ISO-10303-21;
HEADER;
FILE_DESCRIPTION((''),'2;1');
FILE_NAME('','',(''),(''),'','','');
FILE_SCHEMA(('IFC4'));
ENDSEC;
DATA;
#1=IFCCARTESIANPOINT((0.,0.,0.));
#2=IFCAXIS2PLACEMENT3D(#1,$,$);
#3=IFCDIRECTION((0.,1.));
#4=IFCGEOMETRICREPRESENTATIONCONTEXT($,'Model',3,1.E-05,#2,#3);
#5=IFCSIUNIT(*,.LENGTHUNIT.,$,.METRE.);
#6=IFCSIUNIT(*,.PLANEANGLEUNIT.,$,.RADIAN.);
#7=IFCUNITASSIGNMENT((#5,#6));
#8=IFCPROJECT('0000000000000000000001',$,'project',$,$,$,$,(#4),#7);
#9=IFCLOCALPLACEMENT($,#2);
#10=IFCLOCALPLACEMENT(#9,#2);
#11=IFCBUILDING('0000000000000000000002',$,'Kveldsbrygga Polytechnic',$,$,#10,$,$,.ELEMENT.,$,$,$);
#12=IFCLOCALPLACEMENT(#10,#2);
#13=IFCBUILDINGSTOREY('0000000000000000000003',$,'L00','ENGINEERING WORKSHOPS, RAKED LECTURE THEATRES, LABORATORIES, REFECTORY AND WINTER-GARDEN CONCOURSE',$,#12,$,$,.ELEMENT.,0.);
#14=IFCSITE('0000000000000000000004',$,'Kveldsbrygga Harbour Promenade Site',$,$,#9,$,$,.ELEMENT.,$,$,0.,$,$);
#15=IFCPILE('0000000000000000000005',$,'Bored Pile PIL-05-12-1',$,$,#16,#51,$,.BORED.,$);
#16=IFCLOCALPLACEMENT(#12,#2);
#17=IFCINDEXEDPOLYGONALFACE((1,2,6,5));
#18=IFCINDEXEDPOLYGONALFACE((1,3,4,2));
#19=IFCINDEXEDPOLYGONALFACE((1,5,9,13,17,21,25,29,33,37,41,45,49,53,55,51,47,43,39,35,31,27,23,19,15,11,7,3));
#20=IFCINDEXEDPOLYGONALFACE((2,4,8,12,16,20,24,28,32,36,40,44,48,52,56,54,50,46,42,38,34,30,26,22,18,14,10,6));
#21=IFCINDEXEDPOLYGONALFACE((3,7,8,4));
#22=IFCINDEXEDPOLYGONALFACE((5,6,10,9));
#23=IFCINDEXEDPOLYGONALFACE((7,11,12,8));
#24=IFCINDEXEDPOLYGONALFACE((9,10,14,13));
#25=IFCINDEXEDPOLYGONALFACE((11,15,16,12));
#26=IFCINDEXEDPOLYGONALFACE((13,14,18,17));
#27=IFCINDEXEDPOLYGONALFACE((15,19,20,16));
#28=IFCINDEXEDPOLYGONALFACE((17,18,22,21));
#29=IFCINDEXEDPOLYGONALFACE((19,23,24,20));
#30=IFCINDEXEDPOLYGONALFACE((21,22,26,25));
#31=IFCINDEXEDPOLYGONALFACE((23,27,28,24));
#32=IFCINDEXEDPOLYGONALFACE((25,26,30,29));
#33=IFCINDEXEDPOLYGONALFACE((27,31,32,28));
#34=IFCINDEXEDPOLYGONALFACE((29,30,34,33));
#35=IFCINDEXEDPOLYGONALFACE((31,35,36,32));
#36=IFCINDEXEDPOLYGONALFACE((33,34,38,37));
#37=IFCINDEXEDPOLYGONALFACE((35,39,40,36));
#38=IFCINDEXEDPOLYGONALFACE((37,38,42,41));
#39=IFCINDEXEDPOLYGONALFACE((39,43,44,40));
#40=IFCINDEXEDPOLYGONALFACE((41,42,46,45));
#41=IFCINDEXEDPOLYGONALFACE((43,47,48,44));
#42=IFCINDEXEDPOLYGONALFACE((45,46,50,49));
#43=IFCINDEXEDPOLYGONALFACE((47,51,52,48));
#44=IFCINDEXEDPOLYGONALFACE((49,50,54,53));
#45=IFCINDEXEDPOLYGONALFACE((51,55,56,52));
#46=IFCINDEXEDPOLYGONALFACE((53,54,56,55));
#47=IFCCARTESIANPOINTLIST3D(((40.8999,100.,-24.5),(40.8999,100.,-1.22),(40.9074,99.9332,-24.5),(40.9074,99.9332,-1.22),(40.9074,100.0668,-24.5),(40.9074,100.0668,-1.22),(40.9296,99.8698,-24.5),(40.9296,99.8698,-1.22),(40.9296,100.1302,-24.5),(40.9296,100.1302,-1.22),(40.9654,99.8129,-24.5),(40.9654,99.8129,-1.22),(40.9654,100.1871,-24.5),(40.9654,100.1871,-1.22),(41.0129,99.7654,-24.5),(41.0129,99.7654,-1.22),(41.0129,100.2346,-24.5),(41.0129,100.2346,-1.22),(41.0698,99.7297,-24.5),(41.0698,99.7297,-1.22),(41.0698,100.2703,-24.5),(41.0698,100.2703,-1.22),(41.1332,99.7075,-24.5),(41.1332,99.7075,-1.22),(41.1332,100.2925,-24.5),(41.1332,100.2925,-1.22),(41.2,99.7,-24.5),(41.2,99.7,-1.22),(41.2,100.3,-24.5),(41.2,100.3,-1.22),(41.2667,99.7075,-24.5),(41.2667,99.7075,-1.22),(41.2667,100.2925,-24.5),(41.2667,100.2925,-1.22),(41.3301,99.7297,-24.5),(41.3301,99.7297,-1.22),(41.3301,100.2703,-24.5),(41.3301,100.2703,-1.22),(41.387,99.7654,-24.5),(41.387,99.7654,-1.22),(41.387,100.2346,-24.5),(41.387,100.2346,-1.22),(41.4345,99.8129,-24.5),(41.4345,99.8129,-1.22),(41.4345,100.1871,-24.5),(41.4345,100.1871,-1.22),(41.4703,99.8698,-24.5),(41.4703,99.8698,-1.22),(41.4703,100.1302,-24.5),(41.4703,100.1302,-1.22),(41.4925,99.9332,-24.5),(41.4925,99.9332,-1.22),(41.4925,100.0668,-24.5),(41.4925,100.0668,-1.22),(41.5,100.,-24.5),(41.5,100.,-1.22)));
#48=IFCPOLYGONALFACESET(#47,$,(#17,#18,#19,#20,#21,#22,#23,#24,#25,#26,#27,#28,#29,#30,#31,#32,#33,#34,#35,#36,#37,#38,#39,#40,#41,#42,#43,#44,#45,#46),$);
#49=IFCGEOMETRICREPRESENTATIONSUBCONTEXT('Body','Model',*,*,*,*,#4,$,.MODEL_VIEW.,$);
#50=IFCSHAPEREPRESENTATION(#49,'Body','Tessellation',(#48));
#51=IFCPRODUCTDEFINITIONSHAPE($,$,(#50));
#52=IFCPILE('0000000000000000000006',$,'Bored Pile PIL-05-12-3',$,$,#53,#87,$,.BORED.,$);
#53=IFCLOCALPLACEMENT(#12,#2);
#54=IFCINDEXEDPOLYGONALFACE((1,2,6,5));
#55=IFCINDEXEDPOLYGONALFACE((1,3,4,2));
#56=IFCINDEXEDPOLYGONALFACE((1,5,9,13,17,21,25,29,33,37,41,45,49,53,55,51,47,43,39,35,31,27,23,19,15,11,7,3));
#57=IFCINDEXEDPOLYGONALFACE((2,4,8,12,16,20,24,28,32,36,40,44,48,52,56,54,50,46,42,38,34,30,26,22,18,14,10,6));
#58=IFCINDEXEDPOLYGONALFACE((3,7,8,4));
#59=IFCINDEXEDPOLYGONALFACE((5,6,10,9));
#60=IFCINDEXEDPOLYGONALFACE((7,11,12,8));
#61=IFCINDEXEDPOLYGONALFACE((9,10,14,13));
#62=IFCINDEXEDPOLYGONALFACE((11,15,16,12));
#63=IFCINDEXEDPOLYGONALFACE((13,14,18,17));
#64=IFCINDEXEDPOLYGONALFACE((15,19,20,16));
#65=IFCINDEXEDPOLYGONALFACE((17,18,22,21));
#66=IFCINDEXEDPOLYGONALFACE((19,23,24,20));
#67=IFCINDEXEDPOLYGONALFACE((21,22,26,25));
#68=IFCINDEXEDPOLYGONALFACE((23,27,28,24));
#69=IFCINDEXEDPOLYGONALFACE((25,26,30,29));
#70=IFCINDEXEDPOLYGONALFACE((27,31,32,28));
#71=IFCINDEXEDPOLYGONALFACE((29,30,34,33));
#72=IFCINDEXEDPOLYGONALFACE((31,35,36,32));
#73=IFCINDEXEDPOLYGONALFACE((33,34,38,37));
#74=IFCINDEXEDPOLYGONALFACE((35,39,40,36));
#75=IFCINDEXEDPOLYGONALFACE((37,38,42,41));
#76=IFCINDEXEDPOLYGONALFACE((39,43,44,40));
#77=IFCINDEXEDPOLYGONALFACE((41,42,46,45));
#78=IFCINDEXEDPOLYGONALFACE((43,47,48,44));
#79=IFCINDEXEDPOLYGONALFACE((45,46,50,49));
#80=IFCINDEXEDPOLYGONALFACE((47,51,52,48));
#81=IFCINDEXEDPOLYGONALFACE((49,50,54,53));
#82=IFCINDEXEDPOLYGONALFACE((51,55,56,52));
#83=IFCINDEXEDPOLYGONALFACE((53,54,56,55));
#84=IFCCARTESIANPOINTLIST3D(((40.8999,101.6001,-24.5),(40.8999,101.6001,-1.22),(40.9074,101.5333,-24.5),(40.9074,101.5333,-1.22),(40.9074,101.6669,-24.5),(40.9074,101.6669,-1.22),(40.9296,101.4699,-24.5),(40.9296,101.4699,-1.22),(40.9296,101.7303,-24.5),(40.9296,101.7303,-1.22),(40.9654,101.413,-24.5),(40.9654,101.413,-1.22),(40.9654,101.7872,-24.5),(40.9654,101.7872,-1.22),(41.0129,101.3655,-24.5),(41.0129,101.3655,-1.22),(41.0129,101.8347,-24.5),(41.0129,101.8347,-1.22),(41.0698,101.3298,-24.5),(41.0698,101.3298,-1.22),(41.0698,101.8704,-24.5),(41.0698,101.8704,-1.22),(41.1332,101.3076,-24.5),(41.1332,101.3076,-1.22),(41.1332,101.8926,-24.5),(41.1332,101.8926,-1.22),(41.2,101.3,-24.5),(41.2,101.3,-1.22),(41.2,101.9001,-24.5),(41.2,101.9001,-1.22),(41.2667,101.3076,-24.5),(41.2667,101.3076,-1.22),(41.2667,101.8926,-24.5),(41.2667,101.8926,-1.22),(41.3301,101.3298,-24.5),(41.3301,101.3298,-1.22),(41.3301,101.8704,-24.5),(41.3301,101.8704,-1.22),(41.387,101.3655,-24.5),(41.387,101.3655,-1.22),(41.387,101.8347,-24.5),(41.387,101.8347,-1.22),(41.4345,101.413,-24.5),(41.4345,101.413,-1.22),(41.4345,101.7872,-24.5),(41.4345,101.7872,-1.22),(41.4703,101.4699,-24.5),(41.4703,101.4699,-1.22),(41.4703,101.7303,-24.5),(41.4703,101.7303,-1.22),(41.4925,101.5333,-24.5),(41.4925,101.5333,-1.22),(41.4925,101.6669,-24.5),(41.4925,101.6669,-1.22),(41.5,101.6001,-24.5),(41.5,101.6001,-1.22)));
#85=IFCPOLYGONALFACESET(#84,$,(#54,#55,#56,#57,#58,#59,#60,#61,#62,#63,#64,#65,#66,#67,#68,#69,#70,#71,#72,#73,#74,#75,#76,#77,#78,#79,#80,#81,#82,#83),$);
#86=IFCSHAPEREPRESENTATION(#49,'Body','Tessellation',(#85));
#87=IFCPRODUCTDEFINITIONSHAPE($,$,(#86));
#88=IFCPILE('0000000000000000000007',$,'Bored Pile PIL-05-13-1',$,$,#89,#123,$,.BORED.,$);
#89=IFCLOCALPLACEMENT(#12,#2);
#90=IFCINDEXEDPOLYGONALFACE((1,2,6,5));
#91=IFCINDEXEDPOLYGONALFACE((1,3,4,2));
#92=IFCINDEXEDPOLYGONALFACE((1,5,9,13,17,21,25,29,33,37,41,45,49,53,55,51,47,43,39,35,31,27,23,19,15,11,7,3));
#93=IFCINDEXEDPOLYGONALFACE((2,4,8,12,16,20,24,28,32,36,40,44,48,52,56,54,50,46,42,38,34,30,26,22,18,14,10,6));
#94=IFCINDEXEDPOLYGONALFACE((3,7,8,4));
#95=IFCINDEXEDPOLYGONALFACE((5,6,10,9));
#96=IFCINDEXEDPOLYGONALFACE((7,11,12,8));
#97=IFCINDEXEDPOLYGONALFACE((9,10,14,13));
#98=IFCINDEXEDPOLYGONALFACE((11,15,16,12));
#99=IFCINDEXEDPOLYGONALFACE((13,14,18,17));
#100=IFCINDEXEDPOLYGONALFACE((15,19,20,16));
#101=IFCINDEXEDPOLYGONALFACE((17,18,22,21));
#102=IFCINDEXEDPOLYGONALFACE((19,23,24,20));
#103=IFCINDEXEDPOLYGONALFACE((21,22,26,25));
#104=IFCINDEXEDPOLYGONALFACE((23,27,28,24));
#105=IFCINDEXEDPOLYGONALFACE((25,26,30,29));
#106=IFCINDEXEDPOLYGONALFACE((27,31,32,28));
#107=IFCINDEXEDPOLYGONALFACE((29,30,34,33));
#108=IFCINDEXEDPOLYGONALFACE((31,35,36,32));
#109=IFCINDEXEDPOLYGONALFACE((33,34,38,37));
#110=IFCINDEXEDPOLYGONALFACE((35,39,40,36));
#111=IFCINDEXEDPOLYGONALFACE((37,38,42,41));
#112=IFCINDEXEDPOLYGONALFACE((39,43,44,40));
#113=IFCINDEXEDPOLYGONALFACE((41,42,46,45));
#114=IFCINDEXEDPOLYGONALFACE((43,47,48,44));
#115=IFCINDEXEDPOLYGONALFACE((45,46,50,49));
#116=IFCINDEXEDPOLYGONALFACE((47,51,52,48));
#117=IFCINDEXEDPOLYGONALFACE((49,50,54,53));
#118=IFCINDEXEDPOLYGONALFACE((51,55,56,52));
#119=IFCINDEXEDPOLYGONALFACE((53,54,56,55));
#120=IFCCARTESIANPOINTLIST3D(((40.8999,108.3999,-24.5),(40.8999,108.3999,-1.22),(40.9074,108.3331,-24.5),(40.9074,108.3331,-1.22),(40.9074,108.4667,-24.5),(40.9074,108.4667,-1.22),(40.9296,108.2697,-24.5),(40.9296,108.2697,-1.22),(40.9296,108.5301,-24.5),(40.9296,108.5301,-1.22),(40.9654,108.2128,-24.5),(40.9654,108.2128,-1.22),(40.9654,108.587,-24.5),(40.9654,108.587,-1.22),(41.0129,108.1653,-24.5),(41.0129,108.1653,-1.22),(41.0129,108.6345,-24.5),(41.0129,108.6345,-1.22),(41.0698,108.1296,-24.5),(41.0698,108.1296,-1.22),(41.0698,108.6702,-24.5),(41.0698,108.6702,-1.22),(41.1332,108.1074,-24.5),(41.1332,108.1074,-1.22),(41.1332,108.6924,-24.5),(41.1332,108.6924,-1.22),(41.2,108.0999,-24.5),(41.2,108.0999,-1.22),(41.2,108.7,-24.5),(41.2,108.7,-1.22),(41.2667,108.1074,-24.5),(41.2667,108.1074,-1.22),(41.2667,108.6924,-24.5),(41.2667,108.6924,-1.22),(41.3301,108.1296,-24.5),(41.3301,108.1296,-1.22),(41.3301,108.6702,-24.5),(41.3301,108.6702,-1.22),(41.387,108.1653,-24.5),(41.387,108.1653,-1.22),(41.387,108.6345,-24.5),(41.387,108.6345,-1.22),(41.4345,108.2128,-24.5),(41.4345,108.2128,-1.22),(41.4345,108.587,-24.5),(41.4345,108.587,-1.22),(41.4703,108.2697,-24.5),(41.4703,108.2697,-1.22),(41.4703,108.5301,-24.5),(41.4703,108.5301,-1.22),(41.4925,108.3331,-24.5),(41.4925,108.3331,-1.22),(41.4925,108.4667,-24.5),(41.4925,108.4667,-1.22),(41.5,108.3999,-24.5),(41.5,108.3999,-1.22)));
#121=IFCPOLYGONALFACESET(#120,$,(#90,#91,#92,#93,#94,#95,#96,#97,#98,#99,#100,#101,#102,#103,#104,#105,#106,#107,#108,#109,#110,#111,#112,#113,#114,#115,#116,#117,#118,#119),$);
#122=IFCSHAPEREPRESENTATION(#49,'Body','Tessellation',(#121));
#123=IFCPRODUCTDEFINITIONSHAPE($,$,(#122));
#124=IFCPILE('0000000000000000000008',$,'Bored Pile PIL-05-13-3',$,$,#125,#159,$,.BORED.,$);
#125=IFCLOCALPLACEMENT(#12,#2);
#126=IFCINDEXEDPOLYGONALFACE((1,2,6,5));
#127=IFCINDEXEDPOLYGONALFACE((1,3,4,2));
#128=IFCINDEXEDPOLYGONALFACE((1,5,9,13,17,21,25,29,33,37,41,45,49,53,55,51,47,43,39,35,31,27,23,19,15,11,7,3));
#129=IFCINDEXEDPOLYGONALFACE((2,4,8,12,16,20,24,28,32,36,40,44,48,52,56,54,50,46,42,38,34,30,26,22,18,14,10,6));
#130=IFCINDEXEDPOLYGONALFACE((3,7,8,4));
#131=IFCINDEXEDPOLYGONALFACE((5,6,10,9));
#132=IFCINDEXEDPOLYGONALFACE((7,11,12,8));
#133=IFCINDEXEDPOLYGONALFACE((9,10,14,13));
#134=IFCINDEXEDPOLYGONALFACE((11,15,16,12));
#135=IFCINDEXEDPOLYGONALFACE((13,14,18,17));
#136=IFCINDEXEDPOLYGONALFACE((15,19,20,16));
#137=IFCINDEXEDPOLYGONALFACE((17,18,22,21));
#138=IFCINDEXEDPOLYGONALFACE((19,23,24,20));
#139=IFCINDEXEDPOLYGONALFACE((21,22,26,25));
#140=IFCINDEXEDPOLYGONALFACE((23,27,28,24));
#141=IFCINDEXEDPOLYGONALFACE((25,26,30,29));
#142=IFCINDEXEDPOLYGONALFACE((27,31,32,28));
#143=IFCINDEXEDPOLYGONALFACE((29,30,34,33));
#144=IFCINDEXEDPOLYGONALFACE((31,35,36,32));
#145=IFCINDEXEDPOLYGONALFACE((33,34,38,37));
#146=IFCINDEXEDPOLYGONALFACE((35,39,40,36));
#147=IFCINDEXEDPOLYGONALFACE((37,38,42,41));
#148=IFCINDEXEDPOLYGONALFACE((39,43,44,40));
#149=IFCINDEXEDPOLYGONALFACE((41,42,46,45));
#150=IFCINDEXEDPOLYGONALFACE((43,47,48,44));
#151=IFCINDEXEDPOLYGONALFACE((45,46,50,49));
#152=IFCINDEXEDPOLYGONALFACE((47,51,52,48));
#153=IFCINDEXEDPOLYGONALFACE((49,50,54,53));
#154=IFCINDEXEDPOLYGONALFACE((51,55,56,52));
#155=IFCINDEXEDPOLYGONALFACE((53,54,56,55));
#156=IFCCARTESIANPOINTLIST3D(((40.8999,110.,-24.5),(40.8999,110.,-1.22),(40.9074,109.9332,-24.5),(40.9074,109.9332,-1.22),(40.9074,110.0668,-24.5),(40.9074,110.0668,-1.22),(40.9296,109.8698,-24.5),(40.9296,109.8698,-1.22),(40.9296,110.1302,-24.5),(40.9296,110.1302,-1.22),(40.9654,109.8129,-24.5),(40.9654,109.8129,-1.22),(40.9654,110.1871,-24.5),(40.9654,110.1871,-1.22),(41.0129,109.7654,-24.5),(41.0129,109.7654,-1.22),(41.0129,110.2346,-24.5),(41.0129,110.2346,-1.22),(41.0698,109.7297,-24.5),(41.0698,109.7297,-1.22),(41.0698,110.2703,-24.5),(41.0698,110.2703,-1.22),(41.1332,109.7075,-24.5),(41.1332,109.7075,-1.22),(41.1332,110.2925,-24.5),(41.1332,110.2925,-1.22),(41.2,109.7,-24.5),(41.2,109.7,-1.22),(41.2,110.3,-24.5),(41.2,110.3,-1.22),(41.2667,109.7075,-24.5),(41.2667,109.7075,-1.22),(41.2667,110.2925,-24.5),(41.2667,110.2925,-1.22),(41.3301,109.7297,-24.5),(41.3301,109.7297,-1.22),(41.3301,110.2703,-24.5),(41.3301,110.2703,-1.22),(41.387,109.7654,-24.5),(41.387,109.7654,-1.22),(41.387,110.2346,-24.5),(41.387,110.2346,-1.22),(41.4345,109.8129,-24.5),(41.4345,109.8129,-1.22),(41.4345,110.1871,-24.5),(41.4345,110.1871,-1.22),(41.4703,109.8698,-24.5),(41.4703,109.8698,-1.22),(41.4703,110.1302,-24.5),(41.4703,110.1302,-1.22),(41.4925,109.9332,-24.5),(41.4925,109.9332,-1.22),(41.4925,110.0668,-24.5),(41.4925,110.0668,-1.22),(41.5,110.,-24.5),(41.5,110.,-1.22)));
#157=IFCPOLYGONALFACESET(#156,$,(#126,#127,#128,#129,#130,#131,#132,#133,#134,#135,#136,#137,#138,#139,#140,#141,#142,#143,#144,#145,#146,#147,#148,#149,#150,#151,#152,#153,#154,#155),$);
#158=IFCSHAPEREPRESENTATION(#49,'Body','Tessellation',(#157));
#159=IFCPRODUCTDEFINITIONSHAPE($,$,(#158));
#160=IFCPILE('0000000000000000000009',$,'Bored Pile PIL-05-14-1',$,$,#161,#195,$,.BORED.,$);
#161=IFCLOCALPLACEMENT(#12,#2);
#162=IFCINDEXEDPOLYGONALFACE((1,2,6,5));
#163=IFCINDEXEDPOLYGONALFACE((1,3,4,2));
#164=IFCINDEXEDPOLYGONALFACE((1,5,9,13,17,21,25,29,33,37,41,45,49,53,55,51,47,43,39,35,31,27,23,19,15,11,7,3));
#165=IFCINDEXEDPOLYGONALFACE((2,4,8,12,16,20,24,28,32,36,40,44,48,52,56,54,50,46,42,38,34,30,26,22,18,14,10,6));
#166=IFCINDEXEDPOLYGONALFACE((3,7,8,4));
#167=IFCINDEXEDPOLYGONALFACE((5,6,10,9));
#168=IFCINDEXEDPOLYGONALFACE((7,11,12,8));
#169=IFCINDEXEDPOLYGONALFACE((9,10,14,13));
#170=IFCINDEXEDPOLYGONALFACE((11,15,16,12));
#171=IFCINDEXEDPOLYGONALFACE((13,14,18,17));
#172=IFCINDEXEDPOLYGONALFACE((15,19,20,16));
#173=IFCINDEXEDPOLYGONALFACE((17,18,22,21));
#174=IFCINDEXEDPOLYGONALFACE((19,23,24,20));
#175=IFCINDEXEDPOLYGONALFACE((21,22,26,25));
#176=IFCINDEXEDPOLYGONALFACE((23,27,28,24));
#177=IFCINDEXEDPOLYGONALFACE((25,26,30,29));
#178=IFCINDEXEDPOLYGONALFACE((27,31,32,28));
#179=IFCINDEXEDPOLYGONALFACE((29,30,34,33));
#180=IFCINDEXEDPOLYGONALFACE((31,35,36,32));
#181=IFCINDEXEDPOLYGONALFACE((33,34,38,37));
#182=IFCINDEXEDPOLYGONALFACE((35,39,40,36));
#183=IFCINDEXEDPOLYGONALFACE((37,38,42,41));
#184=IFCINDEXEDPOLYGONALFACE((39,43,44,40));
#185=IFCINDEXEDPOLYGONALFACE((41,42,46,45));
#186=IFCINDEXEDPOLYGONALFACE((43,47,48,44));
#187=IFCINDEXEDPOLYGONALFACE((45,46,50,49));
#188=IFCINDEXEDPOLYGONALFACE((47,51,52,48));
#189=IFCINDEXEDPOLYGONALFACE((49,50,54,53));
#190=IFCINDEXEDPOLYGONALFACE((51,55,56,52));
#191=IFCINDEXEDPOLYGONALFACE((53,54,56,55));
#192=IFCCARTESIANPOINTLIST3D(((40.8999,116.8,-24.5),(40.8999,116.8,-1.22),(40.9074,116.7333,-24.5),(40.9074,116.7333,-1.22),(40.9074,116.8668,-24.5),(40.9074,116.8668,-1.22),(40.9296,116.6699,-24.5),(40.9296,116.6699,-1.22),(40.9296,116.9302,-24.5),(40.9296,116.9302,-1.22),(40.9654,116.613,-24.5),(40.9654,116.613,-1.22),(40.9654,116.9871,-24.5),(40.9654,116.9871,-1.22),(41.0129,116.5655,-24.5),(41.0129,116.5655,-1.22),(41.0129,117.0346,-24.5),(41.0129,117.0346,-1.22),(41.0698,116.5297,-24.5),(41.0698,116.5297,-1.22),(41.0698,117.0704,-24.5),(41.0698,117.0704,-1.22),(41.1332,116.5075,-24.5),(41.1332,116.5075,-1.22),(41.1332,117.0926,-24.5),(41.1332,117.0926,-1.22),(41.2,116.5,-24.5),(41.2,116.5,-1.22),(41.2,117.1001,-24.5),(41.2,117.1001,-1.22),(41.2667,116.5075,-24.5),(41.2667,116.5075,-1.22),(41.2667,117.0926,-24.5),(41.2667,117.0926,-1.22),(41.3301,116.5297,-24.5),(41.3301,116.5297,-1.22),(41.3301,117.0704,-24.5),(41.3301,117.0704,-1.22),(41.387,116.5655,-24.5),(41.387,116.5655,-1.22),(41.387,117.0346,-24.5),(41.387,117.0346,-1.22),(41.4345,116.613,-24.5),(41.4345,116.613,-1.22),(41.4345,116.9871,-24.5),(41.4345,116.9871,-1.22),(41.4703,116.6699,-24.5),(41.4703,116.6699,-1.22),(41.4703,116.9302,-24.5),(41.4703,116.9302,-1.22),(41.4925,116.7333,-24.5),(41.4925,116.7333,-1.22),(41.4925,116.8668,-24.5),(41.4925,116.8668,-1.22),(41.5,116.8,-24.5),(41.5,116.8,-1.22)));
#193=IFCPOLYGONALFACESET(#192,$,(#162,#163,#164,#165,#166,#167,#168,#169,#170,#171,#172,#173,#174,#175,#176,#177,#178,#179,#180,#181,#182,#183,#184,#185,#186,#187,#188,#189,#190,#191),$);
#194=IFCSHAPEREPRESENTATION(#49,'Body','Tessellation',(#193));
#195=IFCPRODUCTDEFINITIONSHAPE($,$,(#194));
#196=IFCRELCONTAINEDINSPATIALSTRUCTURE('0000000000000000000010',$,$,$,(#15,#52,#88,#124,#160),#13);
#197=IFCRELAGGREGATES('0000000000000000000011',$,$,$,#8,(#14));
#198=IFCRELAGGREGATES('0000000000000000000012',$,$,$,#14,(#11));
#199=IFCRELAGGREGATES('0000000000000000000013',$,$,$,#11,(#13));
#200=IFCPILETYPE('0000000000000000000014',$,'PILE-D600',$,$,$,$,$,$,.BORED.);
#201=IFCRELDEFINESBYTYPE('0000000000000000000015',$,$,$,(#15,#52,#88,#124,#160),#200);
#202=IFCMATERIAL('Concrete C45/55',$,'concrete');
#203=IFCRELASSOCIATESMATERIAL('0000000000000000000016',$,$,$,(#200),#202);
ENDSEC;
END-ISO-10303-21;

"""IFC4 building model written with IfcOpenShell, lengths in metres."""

from ifc_helpers import new_model, si_unit, direction, frame, origin, origin_2d, place, context, subcontext, project, spatial, circle, extrude, material, material_profile, profile_set, type_object, element, save


model = new_model("IFC4")

# Units and contexts
model_context = context("Model", 3, precision=1e-05, world=origin(), true_north=direction((0.0, 1.0)))
body_context = subcontext(model_context, "Body", "Model", "MODEL_VIEW")
ifc_project = project(units=[si_unit("LENGTHUNIT", "METRE"), si_unit("PLANEANGLEUNIT", "RADIAN")], contexts=[model_context])

# Site, building, storey
site_placement = place(None, origin())
site = spatial("IfcSite", under=ifc_project, at=site_placement, Name="Kveldsbrygga Harbour Promenade Site", CompositionType="ELEMENT", RefElevation=0.0)
building_placement = place(site_placement, origin())
building = spatial("IfcBuilding", under=site, at=building_placement, Name="Kveldsbrygga Polytechnic", CompositionType="ELEMENT")
storey_placement = place(building_placement, origin())
storey = spatial("IfcBuildingStorey", under=building, at=storey_placement, Name="L00", Description="ENGINEERING WORKSHOPS, RAKED LECTURE THEATRES, LABORATORIES, REFECTORY AND WINTER-GARDEN CONCOURSE", CompositionType="ELEMENT", Elevation=0.0)

# Piles
ifc_material_1 = material(Name="Concrete C45/55", Category="concrete")
ifc_material_profile_1 = material_profile(ifc_material_1, circle(Radius=0.3, at=origin_2d()), Name="PILE D600")
ifc_profile_set_1 = profile_set([ifc_material_profile_1], Name="Concrete C45/55")
pile_type = type_object("IfcPileType", Name="PILE-D600", PredefinedType="BORED", material=ifc_profile_set_1)
for number, where, z_axis, x_axis, name in (
    (1, (41.2, 100.0, -1.22), (0.0, 0.0, -1.0), (1.0, 0.0, 0.0), "Bored Pile PIL-05-12-1"),
    (2, (41.2, 101.6001, -1.22), (0.0, 0.0, -1.0), (1.0, 0.0, 0.0), "Bored Pile PIL-05-12-3"),
    (3, (41.2, 108.3999, -1.22), (0.0, 0.0, -1.0), (1.0, 0.0, 0.0), "Bored Pile PIL-05-13-1"),
    (4, (41.2, 110.0, -1.22), (0.0, 0.0, -1.0), (1.0, 0.0, 0.0), "Bored Pile PIL-05-13-3"),
    (5, (41.2, 116.8, -1.22), (0.0, 0.0, -1.0), (1.0, 0.0, 0.0), "Bored Pile PIL-05-14-1"),
):
    element("IfcPile", number, at=place(storey_placement, frame(where, z_axis=z_axis, x_axis=x_axis)), inside=storey, type_object=pile_type, Name=name, PredefinedType="BORED", context=body_context, shape_type="SweptSolid", body=[
        extrude(circle(Radius=0.3, at=origin_2d()), origin(), (0.0, 0.0, 1.0), 23.28),
    ])

save(model, "model.ifc")
